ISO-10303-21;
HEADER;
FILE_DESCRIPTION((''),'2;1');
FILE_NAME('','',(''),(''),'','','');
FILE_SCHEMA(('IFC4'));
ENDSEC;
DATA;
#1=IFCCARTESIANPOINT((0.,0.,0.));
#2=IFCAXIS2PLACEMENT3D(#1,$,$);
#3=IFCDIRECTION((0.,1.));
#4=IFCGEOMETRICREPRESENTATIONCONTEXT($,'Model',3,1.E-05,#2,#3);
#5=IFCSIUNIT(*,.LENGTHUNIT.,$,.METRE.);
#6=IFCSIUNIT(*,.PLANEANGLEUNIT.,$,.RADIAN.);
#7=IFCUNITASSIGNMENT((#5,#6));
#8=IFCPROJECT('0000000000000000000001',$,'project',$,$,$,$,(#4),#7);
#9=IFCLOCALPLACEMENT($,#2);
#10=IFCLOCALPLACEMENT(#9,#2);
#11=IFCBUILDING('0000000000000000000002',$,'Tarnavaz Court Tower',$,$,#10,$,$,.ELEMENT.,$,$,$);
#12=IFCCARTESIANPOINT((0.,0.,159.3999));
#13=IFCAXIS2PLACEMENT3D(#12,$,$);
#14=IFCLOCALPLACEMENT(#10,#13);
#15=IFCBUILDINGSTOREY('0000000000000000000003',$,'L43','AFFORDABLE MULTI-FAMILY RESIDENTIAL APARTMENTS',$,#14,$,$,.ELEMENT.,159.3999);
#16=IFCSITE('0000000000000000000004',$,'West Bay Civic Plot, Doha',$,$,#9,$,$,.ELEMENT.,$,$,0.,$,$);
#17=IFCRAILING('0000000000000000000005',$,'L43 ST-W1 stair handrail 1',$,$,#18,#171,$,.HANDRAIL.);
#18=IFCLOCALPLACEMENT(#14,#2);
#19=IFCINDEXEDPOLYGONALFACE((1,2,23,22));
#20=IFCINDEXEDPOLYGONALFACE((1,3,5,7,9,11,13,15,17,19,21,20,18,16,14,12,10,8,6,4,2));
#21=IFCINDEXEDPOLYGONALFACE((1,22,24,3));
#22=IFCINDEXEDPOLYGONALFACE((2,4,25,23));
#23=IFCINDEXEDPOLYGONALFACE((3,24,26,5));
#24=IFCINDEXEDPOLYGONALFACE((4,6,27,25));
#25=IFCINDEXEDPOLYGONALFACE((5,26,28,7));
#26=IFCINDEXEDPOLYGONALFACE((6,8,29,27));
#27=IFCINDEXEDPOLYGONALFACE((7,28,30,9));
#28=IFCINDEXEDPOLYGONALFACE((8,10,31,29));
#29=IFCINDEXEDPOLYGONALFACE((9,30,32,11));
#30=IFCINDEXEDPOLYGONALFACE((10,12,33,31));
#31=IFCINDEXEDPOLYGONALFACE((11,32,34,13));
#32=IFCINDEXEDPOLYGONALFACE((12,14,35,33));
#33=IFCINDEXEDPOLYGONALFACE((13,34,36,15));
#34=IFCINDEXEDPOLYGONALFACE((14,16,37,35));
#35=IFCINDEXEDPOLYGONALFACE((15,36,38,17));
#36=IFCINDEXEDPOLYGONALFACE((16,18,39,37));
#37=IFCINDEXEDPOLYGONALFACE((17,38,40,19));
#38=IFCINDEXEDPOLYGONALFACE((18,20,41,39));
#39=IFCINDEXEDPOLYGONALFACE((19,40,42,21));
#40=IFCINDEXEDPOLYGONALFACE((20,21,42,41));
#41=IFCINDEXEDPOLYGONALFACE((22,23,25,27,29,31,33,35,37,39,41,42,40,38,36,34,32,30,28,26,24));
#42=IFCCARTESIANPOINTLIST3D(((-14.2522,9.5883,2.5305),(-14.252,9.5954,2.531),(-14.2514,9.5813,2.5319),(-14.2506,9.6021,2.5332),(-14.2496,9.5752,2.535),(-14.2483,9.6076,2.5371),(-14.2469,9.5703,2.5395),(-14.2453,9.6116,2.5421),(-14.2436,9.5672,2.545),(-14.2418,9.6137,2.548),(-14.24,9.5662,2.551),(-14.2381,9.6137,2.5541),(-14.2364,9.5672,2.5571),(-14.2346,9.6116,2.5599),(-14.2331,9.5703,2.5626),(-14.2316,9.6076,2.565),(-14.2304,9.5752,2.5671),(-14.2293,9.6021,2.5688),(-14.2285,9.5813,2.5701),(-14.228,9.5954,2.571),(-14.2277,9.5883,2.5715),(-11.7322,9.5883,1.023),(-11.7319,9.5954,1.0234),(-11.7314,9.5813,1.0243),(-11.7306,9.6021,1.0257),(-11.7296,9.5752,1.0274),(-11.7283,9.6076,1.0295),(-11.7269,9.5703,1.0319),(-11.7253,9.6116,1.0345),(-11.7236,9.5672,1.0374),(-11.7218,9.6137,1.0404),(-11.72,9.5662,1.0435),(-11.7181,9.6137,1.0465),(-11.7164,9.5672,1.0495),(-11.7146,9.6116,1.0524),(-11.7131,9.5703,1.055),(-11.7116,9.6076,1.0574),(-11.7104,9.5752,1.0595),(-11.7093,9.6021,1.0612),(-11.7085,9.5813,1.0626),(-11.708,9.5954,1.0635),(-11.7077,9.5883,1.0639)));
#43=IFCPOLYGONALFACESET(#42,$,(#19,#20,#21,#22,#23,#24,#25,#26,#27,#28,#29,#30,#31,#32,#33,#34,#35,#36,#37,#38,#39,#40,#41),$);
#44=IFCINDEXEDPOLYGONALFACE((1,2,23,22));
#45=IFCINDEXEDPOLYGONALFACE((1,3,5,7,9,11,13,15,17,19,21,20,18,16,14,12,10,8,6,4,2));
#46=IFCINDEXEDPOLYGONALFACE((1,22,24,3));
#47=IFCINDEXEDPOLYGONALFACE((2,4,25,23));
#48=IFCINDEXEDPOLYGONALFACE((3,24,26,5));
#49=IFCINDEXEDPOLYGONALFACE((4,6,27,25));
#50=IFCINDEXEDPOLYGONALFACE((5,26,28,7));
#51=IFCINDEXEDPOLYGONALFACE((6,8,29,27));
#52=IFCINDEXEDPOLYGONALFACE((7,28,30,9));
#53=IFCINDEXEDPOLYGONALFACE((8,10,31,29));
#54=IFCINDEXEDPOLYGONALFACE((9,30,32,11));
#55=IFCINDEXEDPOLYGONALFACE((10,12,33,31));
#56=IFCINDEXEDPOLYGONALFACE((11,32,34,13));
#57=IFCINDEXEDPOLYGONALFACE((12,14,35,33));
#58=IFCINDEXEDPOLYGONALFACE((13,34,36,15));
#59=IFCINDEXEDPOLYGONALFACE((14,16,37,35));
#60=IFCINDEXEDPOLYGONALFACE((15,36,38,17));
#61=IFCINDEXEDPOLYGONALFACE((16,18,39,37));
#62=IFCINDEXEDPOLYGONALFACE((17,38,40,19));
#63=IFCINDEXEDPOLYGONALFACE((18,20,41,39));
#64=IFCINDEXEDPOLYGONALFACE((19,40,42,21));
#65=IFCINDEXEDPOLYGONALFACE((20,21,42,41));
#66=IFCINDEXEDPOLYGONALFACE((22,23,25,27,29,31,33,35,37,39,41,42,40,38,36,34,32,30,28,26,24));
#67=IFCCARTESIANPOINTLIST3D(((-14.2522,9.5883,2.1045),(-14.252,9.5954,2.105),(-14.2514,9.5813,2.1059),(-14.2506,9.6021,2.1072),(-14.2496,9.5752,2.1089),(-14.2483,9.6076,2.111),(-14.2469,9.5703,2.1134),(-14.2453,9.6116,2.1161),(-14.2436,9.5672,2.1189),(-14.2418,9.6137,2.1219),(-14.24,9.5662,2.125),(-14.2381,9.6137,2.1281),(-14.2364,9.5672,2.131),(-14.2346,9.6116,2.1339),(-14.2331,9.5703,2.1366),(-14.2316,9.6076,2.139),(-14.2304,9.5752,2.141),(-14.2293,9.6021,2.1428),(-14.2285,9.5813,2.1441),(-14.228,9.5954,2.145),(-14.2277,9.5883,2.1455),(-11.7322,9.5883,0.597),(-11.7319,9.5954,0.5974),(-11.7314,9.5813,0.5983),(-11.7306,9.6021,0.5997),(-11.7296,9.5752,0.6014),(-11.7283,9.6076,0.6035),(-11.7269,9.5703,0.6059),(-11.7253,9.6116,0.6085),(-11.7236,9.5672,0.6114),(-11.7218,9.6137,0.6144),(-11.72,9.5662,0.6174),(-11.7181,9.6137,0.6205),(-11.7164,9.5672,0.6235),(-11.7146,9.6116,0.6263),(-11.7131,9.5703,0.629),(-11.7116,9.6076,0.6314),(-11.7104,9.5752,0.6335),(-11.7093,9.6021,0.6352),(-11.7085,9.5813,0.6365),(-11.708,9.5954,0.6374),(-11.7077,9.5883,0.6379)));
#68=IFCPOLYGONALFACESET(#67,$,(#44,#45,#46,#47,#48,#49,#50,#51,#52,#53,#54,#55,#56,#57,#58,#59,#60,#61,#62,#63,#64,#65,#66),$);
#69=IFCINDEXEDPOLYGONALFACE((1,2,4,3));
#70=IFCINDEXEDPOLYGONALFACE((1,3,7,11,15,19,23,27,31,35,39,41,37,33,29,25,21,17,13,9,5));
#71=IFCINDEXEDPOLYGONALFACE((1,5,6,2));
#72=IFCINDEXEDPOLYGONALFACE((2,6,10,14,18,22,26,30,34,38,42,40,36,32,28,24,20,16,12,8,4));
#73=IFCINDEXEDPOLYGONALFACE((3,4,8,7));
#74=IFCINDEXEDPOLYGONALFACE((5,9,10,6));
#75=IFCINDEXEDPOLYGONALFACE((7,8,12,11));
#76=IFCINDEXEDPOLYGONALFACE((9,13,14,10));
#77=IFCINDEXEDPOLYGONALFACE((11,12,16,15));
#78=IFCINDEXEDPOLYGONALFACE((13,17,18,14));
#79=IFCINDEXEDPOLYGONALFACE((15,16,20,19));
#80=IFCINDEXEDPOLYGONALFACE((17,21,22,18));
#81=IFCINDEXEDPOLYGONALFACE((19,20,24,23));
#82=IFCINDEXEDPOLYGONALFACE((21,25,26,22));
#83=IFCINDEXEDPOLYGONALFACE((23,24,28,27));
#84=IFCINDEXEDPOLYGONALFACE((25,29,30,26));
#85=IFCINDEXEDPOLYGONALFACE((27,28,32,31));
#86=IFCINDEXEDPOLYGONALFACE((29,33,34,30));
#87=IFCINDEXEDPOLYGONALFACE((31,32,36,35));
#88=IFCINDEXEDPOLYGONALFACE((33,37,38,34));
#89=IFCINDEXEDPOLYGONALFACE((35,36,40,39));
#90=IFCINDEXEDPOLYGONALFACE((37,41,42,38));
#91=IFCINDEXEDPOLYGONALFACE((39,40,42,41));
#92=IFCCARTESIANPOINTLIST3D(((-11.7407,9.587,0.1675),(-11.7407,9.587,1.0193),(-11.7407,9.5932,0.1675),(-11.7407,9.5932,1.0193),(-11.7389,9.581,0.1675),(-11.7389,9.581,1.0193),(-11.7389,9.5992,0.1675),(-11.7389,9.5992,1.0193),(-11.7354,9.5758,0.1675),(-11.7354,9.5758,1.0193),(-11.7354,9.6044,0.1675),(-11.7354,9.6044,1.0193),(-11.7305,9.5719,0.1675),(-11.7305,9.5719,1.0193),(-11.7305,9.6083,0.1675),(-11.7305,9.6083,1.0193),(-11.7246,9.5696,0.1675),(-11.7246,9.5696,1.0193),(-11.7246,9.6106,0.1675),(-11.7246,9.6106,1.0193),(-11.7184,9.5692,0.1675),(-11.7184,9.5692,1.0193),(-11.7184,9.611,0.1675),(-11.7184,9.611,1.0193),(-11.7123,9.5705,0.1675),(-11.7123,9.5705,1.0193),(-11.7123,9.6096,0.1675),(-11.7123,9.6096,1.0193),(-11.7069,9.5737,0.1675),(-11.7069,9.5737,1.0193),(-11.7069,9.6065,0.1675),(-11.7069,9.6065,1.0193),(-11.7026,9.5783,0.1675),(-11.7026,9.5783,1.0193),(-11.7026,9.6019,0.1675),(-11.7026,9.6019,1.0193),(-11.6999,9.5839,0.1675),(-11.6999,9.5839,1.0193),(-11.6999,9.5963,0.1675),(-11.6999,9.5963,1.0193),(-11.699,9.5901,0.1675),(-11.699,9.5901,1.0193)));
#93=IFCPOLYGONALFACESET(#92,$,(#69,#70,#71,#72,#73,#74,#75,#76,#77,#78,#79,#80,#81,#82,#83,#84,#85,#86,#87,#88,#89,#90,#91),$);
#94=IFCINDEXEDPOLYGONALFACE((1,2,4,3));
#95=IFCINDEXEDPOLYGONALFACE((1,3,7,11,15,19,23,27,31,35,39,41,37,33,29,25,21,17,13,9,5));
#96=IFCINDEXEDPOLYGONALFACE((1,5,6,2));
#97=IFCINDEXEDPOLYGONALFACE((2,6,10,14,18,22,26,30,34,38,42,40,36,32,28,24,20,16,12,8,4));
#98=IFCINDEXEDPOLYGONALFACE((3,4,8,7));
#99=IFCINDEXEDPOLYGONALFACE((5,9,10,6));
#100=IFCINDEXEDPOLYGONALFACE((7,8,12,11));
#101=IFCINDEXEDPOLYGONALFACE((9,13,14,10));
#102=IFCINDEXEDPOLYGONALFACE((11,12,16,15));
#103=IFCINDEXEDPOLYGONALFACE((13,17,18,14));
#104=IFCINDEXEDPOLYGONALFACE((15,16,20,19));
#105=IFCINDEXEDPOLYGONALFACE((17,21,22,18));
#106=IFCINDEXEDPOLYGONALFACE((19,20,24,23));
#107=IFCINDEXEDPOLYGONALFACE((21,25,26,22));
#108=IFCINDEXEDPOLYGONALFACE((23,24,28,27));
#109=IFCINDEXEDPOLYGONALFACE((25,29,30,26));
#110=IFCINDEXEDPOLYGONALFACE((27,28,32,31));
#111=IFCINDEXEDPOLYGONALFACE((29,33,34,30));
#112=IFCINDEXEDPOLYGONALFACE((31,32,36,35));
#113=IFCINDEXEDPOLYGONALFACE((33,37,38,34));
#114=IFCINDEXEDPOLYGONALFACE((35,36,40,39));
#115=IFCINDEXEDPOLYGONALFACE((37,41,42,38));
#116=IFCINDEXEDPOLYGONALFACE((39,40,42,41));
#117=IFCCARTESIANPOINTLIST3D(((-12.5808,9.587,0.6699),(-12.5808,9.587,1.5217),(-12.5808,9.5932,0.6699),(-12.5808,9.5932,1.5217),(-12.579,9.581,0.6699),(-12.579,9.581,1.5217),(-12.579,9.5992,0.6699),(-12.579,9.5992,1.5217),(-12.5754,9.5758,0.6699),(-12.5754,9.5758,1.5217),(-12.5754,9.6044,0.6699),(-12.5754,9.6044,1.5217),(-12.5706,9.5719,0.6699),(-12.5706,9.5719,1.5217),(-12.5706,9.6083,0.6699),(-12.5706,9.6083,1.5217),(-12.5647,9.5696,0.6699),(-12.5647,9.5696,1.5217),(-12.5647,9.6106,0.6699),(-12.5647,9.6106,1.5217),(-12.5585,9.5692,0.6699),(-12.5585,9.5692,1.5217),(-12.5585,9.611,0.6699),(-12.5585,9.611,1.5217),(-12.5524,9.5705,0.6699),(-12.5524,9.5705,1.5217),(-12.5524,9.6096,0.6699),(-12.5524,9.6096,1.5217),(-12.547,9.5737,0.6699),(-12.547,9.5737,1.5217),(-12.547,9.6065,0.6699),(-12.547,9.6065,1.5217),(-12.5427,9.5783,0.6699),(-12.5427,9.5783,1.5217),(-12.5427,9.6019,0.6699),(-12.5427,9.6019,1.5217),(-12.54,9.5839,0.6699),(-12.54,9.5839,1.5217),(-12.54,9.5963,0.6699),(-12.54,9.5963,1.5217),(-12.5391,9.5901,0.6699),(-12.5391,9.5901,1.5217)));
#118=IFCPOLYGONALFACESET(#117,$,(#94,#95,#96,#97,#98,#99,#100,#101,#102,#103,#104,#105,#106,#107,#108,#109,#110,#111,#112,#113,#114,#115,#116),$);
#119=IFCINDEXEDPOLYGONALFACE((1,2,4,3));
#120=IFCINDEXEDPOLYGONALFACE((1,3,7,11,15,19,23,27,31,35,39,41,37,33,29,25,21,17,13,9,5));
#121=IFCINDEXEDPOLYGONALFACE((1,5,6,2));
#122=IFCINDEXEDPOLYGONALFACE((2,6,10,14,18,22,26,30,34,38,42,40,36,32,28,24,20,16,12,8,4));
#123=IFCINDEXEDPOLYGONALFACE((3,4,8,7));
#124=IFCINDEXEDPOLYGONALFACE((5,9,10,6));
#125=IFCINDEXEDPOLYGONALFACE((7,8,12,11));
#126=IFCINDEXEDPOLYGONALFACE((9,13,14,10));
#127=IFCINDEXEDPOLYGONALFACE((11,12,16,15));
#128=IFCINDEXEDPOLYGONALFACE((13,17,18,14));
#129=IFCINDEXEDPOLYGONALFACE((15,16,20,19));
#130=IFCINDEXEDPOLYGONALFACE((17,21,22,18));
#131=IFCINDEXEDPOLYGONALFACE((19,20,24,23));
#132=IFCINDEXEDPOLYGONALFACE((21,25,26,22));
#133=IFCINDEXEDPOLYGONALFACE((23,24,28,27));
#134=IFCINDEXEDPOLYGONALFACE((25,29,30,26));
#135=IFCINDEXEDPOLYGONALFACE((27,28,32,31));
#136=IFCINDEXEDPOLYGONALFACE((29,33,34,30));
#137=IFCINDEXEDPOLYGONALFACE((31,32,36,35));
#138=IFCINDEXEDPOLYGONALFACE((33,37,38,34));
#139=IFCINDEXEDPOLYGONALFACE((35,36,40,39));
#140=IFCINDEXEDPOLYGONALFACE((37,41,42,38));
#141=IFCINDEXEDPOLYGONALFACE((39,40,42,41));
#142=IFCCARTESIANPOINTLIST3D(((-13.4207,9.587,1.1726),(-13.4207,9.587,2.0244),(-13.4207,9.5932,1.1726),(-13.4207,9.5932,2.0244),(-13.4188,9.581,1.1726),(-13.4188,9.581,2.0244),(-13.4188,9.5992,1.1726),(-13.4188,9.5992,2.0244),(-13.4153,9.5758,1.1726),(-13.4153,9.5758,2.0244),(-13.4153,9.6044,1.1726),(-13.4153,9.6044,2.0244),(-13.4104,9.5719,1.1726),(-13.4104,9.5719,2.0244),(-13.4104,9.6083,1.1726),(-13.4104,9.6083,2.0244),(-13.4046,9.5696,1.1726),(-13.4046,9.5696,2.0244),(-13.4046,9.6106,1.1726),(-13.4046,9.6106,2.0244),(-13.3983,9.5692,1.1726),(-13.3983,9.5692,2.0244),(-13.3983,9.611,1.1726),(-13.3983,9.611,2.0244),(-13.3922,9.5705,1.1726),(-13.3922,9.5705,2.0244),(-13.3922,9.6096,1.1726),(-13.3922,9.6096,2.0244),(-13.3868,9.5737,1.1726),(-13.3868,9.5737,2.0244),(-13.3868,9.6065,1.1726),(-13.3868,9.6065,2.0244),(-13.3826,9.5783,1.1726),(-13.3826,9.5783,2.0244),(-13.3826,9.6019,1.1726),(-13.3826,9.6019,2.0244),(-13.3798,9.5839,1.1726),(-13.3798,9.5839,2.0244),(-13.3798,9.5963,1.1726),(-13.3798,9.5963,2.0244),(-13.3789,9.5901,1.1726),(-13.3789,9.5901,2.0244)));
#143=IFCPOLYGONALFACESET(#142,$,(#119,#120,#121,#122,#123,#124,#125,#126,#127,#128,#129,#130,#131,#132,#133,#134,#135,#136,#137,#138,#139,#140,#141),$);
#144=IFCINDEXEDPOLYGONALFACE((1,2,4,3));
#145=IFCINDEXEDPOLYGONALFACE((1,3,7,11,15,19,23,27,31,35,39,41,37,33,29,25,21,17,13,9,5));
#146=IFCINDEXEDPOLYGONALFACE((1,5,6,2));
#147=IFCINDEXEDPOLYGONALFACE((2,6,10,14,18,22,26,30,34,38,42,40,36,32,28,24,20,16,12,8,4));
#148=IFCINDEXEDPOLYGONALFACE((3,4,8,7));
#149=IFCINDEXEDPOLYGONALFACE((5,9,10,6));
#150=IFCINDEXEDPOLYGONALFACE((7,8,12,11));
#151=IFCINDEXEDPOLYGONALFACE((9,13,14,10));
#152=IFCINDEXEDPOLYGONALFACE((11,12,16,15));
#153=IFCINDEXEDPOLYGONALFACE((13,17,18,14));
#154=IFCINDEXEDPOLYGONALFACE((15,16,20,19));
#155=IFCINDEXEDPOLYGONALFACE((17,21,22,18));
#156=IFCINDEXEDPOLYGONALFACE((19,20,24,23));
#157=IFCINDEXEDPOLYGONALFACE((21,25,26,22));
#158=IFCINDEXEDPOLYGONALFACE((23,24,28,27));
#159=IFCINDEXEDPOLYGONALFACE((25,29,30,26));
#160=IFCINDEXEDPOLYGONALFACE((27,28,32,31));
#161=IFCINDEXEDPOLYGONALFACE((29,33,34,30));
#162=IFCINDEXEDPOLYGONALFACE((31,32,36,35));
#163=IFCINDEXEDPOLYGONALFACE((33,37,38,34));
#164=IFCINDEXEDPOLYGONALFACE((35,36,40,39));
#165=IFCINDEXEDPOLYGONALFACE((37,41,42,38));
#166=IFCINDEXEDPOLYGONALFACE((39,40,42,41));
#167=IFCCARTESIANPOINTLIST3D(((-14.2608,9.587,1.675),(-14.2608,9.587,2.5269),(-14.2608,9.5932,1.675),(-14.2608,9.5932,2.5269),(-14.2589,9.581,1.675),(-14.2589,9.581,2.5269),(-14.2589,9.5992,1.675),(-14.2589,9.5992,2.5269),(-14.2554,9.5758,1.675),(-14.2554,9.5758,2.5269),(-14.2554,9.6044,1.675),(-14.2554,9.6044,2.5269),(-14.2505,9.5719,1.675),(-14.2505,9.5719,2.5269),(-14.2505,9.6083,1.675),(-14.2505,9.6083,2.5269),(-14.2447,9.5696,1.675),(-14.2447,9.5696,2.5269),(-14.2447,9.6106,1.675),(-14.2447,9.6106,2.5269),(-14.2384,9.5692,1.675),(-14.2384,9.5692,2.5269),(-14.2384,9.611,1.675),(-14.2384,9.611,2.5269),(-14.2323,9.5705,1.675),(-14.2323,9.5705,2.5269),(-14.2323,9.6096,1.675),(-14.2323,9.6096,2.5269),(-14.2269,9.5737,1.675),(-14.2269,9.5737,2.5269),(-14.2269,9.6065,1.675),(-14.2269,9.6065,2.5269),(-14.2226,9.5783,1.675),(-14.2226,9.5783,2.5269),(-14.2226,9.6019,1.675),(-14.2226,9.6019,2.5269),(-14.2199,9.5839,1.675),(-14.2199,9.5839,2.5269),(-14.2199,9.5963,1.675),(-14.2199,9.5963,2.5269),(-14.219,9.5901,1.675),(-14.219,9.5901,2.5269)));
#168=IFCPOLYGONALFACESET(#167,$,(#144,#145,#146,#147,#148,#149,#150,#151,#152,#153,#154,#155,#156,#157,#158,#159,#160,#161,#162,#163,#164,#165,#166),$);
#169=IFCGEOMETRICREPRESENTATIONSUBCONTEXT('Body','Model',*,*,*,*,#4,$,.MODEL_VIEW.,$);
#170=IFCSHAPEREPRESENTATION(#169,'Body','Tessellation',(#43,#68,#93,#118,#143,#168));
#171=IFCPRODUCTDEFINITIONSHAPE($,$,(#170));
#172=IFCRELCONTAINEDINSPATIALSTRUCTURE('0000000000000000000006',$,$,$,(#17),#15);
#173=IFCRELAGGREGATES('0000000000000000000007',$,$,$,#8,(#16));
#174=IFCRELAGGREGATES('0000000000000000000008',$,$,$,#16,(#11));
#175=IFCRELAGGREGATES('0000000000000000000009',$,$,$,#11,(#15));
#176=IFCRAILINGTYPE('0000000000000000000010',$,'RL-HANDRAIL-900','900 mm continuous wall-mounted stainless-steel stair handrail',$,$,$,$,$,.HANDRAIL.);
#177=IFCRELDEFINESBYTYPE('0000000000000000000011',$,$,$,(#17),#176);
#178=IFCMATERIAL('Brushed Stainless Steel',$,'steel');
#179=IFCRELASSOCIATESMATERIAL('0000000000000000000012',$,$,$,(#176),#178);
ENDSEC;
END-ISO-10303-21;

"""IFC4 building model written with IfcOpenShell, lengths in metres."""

from ifc_helpers import new_model, si_unit, direction, frame, origin, origin_2d, place, context, subcontext, project, spatial, circle, extrude, material, type_object, element, save


model = new_model("IFC4")

# Units and contexts
model_context = context("Model", 3, precision=1e-05, world=origin(), true_north=direction((0.0, 1.0)))
body_context = subcontext(model_context, "Body", "Model", "MODEL_VIEW")
ifc_project = project(units=[si_unit("LENGTHUNIT", "METRE"), si_unit("PLANEANGLEUNIT", "RADIAN")], contexts=[model_context])

# Site, building, storey
site_placement = place(None, origin())
site = spatial("IfcSite", under=ifc_project, at=site_placement, Name="West Bay Civic Plot, Doha", CompositionType="ELEMENT", RefElevation=0.0)
building_placement = place(site_placement, origin())
building = spatial("IfcBuilding", under=site, at=building_placement, Name="Tarnavaz Court Tower", CompositionType="ELEMENT")
storey_placement = place(building_placement, frame((0.0, 0.0, 159.3999)))
storey = spatial("IfcBuildingStorey", under=building, at=storey_placement, Name="L43", Description="AFFORDABLE MULTI-FAMILY RESIDENTIAL APARTMENTS", CompositionType="ELEMENT", Elevation=159.3999)

# Railing
ifc_material_1 = material(Name="Brushed Stainless Steel", Category="steel")
railing_type_1 = type_object("IfcRailingType", Name="RL-HANDRAIL-900", Description="900 mm continuous wall-mounted stainless-steel stair handrail", PredefinedType="HANDRAIL", material=ifc_material_1)
railing_1_placement = place(storey_placement, frame((-11.72, 9.5901, 0.1675)))
element("IfcRailing", 1, at=railing_1_placement, inside=storey, type_object=railing_type_1, Name="L43 ST-W1 stair handrail 1", PredefinedType="HANDRAIL", context=body_context, shape_type="SweptSolid", body=[
    extrude(circle(Radius=0.0239, at=origin_2d()), frame((0.0, 0.0, 0.876), z_axis=(-0.85816, 0.0, 0.513383), x_axis=(0.0, -1.0, 0.0)), (0.0, 0.0, 1.0), 2.9365),
    extrude(circle(Radius=0.0239, at=origin_2d()), frame((0.0, 0.0, 0.45), z_axis=(-0.85816, 0.0, 0.513383), x_axis=(0.0, -1.0, 0.0)), (0.0, 0.0, 1.0), 2.9365),
    extrude(circle(Radius=0.021, at=origin_2d()), origin(), (0.0, 0.0, 1.0), 0.8518),
    extrude(circle(Radius=0.021, at=origin_2d()), frame((-0.8401, 0.0, 0.5024)), (0.0, 0.0, 1.0), 0.8518),
    extrude(circle(Radius=0.021, at=origin_2d()), frame((-1.6799, 0.0, 1.0051)), (0.0, 0.0, 1.0), 0.8518),
    extrude(circle(Radius=0.021, at=origin_2d()), frame((-2.52, 0.0, 1.5076)), (0.0, 0.0, 1.0), 0.8518),
])

save(model, "model.ifc")
